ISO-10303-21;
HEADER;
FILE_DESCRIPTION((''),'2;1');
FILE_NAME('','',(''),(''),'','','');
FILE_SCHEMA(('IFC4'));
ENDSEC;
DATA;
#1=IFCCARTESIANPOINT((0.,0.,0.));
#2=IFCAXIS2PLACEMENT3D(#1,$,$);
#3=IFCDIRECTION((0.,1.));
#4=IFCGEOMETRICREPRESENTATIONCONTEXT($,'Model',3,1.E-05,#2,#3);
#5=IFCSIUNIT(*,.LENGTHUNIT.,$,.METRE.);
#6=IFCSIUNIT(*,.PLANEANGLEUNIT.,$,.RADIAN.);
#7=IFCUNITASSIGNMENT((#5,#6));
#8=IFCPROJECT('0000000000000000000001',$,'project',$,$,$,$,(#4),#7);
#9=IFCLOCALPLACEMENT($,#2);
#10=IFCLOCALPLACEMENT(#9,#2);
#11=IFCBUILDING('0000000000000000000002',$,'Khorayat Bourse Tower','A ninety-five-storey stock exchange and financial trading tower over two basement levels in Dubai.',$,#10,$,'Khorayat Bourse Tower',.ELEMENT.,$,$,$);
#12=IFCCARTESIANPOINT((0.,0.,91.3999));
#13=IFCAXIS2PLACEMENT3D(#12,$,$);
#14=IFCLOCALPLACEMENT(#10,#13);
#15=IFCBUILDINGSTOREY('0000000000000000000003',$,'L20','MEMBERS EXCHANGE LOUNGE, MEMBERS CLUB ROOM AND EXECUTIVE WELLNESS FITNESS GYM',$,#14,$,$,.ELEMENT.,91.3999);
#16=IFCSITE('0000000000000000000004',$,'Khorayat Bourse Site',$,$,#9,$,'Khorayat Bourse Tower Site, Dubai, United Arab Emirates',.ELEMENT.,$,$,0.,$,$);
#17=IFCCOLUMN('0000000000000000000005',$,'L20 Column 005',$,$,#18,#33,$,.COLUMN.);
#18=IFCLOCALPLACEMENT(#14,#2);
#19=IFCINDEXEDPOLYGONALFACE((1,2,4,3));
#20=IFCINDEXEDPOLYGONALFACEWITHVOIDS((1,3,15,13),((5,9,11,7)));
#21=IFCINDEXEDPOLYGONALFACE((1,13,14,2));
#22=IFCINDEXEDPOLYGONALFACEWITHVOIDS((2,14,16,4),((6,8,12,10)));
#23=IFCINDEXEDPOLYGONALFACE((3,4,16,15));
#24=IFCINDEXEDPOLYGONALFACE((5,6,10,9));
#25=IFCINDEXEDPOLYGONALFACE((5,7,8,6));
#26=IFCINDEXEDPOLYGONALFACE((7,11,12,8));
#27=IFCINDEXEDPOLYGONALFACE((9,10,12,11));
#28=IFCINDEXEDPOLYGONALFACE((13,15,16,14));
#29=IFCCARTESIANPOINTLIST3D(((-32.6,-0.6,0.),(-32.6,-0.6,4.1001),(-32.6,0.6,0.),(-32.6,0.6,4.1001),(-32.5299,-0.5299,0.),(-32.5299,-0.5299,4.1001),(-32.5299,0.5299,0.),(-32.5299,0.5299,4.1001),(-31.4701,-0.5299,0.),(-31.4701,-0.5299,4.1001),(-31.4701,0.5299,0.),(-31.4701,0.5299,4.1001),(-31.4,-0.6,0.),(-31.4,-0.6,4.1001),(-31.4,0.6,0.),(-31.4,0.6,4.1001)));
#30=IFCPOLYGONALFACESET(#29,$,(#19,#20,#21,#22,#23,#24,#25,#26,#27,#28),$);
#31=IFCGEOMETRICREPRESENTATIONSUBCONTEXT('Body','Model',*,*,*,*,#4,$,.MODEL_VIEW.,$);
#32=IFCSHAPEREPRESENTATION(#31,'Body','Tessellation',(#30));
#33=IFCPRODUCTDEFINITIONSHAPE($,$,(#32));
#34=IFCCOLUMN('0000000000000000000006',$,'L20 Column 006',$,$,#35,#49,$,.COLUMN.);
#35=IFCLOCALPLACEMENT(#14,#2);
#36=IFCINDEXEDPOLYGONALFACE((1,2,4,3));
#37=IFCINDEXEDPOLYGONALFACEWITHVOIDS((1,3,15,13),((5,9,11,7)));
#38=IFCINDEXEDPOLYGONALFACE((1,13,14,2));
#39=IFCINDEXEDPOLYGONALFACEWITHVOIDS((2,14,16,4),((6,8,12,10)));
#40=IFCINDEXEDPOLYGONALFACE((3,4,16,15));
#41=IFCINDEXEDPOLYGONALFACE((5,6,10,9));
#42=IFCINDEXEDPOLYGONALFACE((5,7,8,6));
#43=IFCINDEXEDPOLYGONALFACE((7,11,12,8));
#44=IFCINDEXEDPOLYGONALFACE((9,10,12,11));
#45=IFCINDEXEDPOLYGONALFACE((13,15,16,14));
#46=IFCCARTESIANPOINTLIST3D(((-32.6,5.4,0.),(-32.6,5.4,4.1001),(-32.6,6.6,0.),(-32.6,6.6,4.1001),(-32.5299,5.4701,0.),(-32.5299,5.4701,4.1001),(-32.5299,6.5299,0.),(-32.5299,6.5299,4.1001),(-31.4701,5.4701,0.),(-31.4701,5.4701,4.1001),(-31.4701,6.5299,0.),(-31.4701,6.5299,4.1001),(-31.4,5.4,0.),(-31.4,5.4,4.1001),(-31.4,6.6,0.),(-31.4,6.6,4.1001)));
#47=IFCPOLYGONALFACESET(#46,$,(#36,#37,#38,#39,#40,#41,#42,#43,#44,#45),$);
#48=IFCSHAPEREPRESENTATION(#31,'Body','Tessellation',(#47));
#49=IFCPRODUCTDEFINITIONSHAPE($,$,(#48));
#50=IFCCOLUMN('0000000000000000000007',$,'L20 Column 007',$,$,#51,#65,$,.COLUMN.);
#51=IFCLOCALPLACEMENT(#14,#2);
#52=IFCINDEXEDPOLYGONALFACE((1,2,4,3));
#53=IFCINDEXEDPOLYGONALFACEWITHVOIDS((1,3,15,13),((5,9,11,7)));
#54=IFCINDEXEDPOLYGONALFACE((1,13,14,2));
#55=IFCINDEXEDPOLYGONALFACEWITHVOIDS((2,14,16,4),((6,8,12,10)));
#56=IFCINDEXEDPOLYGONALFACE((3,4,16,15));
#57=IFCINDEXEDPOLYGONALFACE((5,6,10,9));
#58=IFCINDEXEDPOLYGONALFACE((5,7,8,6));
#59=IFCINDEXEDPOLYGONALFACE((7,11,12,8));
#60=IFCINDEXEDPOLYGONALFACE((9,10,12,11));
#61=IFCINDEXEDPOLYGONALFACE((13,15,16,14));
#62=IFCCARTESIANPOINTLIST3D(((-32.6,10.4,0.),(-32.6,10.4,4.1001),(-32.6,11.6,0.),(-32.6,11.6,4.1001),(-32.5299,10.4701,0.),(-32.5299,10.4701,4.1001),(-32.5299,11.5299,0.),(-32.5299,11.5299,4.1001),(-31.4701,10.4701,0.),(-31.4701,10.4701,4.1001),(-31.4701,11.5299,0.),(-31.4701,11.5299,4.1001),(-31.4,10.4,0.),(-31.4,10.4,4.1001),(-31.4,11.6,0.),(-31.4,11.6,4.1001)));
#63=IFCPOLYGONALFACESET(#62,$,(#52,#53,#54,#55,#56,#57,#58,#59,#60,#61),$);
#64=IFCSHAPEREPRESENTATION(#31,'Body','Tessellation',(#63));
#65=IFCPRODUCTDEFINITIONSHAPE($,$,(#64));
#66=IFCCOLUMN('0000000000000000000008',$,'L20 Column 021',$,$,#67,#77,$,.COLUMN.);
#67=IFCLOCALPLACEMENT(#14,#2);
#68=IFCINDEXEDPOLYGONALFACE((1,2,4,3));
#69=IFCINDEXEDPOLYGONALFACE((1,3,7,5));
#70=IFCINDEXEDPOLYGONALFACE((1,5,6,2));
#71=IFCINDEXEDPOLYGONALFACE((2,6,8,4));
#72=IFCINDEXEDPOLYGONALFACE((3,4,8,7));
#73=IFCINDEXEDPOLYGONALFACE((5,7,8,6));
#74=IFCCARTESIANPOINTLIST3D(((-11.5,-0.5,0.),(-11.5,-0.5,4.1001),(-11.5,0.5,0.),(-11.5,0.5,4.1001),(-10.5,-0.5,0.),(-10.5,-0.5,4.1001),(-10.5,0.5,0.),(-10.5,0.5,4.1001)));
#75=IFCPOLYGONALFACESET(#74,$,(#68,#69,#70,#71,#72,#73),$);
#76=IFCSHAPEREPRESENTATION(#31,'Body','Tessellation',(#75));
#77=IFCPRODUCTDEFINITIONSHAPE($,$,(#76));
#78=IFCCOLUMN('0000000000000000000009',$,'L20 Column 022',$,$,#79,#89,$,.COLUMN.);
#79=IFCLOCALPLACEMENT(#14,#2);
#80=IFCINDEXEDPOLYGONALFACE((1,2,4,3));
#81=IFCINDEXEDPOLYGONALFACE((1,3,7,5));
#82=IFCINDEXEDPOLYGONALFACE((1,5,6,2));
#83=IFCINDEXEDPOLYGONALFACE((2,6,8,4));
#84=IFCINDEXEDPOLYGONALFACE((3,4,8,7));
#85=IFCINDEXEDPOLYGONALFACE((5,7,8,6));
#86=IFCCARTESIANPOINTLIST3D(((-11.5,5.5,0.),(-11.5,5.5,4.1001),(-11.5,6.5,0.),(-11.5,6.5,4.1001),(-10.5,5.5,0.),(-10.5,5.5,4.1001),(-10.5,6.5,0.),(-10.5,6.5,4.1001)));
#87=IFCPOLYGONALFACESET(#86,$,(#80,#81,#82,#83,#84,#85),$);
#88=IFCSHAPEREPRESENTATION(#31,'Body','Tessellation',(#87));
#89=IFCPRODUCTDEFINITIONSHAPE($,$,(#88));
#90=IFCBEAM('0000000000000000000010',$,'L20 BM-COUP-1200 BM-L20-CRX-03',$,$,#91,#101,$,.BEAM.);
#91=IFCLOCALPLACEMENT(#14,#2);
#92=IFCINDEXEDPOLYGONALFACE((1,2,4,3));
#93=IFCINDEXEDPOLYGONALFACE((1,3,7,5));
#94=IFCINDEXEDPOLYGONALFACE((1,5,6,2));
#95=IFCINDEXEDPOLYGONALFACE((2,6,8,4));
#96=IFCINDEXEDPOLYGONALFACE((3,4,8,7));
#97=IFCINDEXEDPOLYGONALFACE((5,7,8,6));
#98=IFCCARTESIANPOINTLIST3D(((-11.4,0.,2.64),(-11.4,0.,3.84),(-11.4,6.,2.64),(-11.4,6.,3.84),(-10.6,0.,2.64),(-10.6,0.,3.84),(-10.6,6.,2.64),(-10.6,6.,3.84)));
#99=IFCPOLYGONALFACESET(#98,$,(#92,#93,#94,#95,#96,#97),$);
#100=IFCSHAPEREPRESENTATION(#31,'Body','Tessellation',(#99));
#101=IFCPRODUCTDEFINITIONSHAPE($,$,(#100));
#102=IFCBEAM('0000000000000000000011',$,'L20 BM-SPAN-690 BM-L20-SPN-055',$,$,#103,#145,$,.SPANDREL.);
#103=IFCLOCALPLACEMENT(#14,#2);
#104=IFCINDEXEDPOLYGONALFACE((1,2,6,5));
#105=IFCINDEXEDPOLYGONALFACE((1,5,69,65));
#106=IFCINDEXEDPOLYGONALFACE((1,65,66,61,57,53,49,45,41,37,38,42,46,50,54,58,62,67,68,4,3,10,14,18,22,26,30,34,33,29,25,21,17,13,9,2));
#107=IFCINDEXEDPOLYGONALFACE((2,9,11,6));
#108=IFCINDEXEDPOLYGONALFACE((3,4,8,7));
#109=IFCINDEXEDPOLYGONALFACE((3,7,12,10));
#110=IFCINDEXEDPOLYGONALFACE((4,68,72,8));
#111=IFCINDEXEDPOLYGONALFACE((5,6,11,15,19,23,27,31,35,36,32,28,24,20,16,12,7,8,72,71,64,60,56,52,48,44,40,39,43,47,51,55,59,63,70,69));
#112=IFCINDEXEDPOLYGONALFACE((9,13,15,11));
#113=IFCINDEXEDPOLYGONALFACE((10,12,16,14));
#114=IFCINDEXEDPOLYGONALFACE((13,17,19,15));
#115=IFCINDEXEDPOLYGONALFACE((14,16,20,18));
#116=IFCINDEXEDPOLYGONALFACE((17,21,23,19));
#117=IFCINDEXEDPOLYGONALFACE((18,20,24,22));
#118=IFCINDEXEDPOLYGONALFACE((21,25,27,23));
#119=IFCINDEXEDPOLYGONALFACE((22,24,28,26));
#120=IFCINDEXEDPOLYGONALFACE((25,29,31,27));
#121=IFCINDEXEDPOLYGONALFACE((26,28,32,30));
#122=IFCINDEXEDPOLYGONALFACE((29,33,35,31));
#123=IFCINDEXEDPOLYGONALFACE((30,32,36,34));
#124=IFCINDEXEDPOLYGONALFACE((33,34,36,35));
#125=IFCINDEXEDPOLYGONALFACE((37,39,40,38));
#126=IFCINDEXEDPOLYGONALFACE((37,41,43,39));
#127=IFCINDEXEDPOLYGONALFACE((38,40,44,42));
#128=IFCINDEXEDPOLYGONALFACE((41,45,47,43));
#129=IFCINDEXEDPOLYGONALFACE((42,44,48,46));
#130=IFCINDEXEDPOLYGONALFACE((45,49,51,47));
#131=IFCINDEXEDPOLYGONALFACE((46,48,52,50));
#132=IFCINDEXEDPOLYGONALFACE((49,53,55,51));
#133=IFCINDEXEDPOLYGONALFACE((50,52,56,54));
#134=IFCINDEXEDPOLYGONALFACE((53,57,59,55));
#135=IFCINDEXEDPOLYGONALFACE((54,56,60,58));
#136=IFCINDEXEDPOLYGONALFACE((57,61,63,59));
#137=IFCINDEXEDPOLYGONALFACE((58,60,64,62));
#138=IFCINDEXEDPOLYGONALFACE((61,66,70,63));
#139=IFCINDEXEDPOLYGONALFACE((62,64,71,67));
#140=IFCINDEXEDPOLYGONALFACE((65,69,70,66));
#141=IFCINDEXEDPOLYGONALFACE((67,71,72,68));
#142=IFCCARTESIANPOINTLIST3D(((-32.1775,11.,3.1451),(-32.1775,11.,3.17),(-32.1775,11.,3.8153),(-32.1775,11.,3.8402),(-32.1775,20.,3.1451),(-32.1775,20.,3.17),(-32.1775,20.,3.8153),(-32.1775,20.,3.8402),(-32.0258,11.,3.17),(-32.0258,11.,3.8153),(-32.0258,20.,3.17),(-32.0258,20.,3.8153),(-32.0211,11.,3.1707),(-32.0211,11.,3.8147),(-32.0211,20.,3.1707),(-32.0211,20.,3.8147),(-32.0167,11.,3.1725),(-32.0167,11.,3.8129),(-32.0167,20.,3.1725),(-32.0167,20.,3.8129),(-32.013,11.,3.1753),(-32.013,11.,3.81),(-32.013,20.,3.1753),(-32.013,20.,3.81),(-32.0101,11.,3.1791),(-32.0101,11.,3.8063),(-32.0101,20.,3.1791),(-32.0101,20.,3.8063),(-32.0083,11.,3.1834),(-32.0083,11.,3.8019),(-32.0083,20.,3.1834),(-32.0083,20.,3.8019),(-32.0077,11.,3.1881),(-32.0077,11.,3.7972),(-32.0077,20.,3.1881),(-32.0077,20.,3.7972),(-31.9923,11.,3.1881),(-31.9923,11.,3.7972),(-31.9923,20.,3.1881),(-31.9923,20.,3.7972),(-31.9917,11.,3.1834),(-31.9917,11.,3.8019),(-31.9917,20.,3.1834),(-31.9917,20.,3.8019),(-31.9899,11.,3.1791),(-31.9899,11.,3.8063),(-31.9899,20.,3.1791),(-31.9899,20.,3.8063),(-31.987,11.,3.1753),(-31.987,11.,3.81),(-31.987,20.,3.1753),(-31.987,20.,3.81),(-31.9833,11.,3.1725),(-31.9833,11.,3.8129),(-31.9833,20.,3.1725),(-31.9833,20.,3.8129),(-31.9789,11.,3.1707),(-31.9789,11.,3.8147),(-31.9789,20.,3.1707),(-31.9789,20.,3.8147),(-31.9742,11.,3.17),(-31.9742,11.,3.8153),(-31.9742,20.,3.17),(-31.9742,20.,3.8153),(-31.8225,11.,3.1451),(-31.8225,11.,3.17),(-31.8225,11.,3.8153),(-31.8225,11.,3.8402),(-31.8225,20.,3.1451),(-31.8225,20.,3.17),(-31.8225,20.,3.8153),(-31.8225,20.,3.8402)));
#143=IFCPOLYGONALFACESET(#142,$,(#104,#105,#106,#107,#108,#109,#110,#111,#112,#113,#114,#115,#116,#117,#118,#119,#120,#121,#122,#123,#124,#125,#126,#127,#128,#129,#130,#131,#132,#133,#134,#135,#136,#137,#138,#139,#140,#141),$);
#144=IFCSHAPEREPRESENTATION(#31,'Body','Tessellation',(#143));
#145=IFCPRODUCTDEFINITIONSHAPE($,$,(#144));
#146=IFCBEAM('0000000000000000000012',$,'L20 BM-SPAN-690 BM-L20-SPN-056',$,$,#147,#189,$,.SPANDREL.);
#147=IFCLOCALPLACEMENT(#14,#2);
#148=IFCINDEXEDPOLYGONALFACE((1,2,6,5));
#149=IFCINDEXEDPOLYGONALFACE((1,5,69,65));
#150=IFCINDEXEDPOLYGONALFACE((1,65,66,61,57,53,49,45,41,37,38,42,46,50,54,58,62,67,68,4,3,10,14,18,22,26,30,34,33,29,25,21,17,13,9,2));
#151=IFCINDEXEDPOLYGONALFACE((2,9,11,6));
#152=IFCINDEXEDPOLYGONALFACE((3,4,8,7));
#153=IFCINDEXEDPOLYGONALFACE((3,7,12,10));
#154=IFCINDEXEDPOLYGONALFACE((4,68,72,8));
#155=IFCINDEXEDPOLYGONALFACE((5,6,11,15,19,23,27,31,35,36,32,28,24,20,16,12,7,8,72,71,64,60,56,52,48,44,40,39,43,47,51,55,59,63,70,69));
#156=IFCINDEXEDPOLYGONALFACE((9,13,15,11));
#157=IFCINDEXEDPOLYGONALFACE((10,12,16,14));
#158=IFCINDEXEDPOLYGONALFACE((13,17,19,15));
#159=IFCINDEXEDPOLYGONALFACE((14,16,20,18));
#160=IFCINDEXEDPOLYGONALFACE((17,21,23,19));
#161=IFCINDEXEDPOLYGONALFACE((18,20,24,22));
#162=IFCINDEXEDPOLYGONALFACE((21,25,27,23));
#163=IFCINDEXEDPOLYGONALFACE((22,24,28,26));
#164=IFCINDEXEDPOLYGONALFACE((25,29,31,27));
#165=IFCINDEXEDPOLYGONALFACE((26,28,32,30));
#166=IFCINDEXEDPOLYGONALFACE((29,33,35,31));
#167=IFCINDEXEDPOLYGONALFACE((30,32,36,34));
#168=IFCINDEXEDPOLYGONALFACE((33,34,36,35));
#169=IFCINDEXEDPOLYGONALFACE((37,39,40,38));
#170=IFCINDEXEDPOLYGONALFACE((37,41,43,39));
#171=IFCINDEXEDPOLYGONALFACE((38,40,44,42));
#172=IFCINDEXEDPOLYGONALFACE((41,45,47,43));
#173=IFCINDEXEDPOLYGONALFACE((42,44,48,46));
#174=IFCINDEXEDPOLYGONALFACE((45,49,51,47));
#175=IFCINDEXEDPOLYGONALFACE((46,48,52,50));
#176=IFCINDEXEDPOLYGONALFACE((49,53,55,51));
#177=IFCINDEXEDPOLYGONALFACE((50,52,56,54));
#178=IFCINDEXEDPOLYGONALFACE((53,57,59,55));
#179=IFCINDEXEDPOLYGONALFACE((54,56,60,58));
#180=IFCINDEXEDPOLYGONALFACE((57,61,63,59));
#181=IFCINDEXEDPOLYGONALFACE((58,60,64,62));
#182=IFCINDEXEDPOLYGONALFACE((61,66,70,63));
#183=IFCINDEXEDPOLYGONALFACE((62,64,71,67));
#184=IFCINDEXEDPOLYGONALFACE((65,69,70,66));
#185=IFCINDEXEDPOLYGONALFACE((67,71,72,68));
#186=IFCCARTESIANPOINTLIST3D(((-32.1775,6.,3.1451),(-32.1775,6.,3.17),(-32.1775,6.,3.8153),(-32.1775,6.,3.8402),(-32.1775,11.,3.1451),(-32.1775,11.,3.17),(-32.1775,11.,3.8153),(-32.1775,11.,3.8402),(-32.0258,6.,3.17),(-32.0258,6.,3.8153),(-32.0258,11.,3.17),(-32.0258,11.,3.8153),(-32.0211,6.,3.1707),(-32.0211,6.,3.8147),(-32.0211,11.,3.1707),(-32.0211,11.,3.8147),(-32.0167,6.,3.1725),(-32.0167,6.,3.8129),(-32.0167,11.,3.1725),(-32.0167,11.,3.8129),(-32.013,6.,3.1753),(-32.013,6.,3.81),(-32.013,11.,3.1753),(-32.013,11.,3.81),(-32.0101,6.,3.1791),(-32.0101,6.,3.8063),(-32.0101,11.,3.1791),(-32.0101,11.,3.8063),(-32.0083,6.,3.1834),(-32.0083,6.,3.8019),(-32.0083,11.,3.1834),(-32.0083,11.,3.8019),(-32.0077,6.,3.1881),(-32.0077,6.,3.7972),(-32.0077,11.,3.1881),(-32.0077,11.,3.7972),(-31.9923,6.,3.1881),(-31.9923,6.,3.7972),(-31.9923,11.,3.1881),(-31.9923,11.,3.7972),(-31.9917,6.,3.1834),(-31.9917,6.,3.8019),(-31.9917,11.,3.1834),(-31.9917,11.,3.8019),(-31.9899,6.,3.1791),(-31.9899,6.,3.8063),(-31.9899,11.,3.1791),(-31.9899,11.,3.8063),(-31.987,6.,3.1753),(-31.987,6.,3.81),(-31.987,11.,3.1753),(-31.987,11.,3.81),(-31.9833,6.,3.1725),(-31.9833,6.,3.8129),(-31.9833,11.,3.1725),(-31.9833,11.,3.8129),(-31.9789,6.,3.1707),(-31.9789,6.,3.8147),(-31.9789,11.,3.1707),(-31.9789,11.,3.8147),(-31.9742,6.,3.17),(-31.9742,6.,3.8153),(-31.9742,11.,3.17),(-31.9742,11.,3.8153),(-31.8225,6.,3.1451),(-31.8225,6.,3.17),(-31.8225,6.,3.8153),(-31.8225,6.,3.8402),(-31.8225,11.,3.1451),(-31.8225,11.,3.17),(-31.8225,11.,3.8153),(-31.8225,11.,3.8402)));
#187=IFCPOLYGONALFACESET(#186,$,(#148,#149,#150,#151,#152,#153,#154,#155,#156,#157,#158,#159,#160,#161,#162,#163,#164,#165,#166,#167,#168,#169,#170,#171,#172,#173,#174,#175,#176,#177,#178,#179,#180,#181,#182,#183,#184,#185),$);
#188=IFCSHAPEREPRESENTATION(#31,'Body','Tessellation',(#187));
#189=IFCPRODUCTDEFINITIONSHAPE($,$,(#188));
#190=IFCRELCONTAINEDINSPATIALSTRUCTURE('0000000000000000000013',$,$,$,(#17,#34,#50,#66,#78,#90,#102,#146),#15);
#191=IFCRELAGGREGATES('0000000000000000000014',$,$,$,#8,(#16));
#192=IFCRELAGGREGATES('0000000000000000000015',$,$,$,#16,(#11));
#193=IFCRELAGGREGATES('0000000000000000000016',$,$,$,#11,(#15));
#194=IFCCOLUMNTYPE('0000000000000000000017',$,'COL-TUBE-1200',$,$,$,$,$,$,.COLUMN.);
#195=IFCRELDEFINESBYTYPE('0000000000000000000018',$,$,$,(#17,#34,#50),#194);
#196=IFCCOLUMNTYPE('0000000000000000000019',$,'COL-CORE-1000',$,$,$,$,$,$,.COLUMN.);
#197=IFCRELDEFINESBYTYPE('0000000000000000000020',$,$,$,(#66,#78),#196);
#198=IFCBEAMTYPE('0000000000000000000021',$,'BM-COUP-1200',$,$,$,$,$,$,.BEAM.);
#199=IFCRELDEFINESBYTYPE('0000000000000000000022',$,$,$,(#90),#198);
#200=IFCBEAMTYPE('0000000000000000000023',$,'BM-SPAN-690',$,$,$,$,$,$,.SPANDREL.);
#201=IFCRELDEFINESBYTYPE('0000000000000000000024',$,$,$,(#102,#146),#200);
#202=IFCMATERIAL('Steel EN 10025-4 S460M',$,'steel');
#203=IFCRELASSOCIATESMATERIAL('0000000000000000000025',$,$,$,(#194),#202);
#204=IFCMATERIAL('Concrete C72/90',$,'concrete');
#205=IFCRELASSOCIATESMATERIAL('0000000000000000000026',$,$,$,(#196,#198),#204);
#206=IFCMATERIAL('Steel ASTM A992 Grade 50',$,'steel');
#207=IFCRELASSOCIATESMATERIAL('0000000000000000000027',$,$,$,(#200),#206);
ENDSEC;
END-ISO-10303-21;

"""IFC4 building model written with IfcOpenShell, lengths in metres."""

from ifc_helpers import new_model, si_unit, direction, frame, origin, origin_2d, place, context, subcontext, project, spatial, rectangle, hollow_rectangle, i_section, extrude, source, transform, mapped, material, material_profile, profile_set, type_object, element, save


model = new_model("IFC4")

# Units and contexts
model_context = context("Model", 3, precision=1e-05, world=origin(), true_north=direction((0.0, 1.0)))
body_context = subcontext(model_context, "Body", "Model", "MODEL_VIEW")
ifc_project = project(units=[si_unit("LENGTHUNIT", "METRE"), si_unit("PLANEANGLEUNIT", "RADIAN")], contexts=[model_context])

# Site, building, storey
site_placement = place(None, origin())
site = spatial("IfcSite", under=ifc_project, at=site_placement, Name="Khorayat Bourse Site", LongName="Khorayat Bourse Tower Site, Dubai, United Arab Emirates", CompositionType="ELEMENT", RefElevation=0.0)
building_placement = place(site_placement, origin())
building = spatial("IfcBuilding", under=site, at=building_placement, Name="Khorayat Bourse Tower", Description="A ninety-five-storey stock exchange and financial trading tower over two basement levels in Dubai.", LongName="Khorayat Bourse Tower", CompositionType="ELEMENT")
storey_placement = place(building_placement, frame((0.0, 0.0, 91.3999)))
storey = spatial("IfcBuildingStorey", under=building, at=storey_placement, Name="L20", Description="MEMBERS EXCHANGE LOUNGE, MEMBERS CLUB ROOM AND EXECUTIVE WELLNESS FITNESS GYM", CompositionType="ELEMENT", Elevation=91.3999)

# Columns
ifc_material_1 = material(Name="Steel EN 10025-4 S460M", Category="steel")
ifc_material_profile_1 = material_profile(ifc_material_1, hollow_rectangle(XDim=1.2, YDim=1.2, WallThickness=0.0701, at=origin_2d()), Name="BOX 1200x1200x70")
ifc_profile_set_1 = profile_set([ifc_material_profile_1], Name="Steel EN 10025-4 S460M")
column_type_1 = type_object("IfcColumnType", Name="COL-TUBE-1200", PredefinedType="COLUMN", material=ifc_profile_set_1)
shared_shape_1 = source(origin(), body_context, "Body", "SweptSolid", [
    extrude(hollow_rectangle(XDim=1.2, YDim=1.2, WallThickness=0.0701, at=origin_2d()), origin(), (0.0, 0.0, 1.0), 4.1001),
])
for number, where, z_axis, x_axis, name in (
    (1, (-32.0, 0.0, 0.0), (0.0, 0.0, 1.0), (1.0, 0.0, 0.0), "L20 Column 005"),
    (2, (-32.0, 6.0, 0.0), (0.0, 0.0, 1.0), (1.0, 0.0, 0.0), "L20 Column 006"),
    (3, (-32.0, 11.0, 0.0), (0.0, 0.0, 1.0), (1.0, 0.0, 0.0), "L20 Column 007"),
):
    element("IfcColumn", number, at=place(storey_placement, frame(where, z_axis=z_axis, x_axis=x_axis)), inside=storey, type_object=column_type_1, Name=name, PredefinedType="COLUMN", context=body_context, shape_type="MappedRepresentation", body=[
        mapped(shared_shape_1, transform((0.0, 0.0, 0.0), scale=1.0)),
    ])
ifc_material_2 = material(Name="Concrete C72/90", Category="concrete")
ifc_material_profile_2 = material_profile(ifc_material_2, rectangle(XDim=1.0, YDim=1.0, at=origin_2d()), Name="RC 1000x1000")
ifc_profile_set_2 = profile_set([ifc_material_profile_2], Name="Concrete C72/90")
column_type_2 = type_object("IfcColumnType", Name="COL-CORE-1000", PredefinedType="COLUMN", material=ifc_profile_set_2)
shared_shape_2 = source(origin(), body_context, "Body", "SweptSolid", [
    extrude(rectangle(XDim=1.0, YDim=1.0, at=origin_2d()), origin(), (0.0, 0.0, 1.0), 4.1001),
])
for number, where, z_axis, x_axis, name in (
    (4, (-11.0, 0.0, 0.0), (0.0, 0.0, 1.0), (1.0, 0.0, 0.0), "L20 Column 021"),
    (5, (-11.0, 6.0, 0.0), (0.0, 0.0, 1.0), (1.0, 0.0, 0.0), "L20 Column 022"),
):
    element("IfcColumn", number, at=place(storey_placement, frame(where, z_axis=z_axis, x_axis=x_axis)), inside=storey, type_object=column_type_2, Name=name, PredefinedType="COLUMN", context=body_context, shape_type="MappedRepresentation", body=[
        mapped(shared_shape_2, transform((0.0, 0.0, 0.0), scale=1.0)),
    ])

# Beams
ifc_material_profile_3 = material_profile(ifc_material_2, rectangle(XDim=0.8, YDim=1.2, at=origin_2d()), Name="RC 800x1200")
ifc_profile_set_3 = profile_set([ifc_material_profile_3], Name="Concrete C72/90")
beam_type_1 = type_object("IfcBeamType", Name="BM-COUP-1200", PredefinedType="BEAM", material=ifc_profile_set_3)
shared_shape_3 = source(origin(), body_context, "Body", "SweptSolid", [
    extrude(rectangle(XDim=0.8, YDim=1.2, at=origin_2d()), origin(), (0.0, 0.0, 1.0), 6.0),
])
beam_1_placement = place(storey_placement, frame((-11.0, 0.0, 3.24), z_axis=(0.0, 1.0, 0.0), x_axis=(-1.0, 0.0, 0.0)))
element("IfcBeam", 6, at=beam_1_placement, inside=storey, type_object=beam_type_1, Name="L20 BM-COUP-1200 BM-L20-CRX-03", PredefinedType="BEAM", context=body_context, shape_type="MappedRepresentation", body=[
    mapped(shared_shape_3, transform((0.0, 0.0, 0.0), scale=1.0)),
])
ifc_material_3 = material(Name="Steel ASTM A992 Grade 50", Category="steel")
ifc_material_profile_4 = material_profile(ifc_material_3, i_section(OverallWidth=0.355, OverallDepth=0.6951, WebThickness=0.0154, FlangeThickness=0.0249, FilletRadius=0.0181, at=origin_2d()), Name="W690X217")
ifc_profile_set_4 = profile_set([ifc_material_profile_4], Name="Steel ASTM A992 Grade 50")
beam_type_2 = type_object("IfcBeamType", Name="BM-SPAN-690", PredefinedType="SPANDREL", material=ifc_profile_set_4)
shared_shape_4 = source(origin(), body_context, "Body", "SweptSolid", [
    extrude(i_section(OverallWidth=0.355, OverallDepth=0.6951, WebThickness=0.0154, FlangeThickness=0.0249, FilletRadius=0.0181, at=origin_2d()), origin(), (0.0, 0.0, 1.0), 9.0),
])
beam_2_placement = place(storey_placement, frame((-32.0, 11.0, 3.4927), z_axis=(0.0, 1.0, 0.0), x_axis=(-1.0, 0.0, 0.0)))
element("IfcBeam", 7, at=beam_2_placement, inside=storey, type_object=beam_type_2, Name="L20 BM-SPAN-690 BM-L20-SPN-055", PredefinedType="SPANDREL", context=body_context, shape_type="MappedRepresentation", body=[
    mapped(shared_shape_4, transform((0.0, 0.0, 0.0), scale=1.0)),
])
shared_shape_5 = source(origin(), body_context, "Body", "SweptSolid", [
    extrude(i_section(OverallWidth=0.355, OverallDepth=0.6951, WebThickness=0.0154, FlangeThickness=0.0249, FilletRadius=0.0181, at=origin_2d()), origin(), (0.0, 0.0, 1.0), 5.0),
])
beam_3_placement = place(storey_placement, frame((-32.0, 6.0, 3.4927), z_axis=(0.0, 1.0, 0.0), x_axis=(-1.0, 0.0, 0.0)))
element("IfcBeam", 8, at=beam_3_placement, inside=storey, type_object=beam_type_2, Name="L20 BM-SPAN-690 BM-L20-SPN-056", PredefinedType="SPANDREL", context=body_context, shape_type="MappedRepresentation", body=[
    mapped(shared_shape_5, transform((0.0, 0.0, 0.0), scale=1.0)),
])

save(model, "model.ifc")
